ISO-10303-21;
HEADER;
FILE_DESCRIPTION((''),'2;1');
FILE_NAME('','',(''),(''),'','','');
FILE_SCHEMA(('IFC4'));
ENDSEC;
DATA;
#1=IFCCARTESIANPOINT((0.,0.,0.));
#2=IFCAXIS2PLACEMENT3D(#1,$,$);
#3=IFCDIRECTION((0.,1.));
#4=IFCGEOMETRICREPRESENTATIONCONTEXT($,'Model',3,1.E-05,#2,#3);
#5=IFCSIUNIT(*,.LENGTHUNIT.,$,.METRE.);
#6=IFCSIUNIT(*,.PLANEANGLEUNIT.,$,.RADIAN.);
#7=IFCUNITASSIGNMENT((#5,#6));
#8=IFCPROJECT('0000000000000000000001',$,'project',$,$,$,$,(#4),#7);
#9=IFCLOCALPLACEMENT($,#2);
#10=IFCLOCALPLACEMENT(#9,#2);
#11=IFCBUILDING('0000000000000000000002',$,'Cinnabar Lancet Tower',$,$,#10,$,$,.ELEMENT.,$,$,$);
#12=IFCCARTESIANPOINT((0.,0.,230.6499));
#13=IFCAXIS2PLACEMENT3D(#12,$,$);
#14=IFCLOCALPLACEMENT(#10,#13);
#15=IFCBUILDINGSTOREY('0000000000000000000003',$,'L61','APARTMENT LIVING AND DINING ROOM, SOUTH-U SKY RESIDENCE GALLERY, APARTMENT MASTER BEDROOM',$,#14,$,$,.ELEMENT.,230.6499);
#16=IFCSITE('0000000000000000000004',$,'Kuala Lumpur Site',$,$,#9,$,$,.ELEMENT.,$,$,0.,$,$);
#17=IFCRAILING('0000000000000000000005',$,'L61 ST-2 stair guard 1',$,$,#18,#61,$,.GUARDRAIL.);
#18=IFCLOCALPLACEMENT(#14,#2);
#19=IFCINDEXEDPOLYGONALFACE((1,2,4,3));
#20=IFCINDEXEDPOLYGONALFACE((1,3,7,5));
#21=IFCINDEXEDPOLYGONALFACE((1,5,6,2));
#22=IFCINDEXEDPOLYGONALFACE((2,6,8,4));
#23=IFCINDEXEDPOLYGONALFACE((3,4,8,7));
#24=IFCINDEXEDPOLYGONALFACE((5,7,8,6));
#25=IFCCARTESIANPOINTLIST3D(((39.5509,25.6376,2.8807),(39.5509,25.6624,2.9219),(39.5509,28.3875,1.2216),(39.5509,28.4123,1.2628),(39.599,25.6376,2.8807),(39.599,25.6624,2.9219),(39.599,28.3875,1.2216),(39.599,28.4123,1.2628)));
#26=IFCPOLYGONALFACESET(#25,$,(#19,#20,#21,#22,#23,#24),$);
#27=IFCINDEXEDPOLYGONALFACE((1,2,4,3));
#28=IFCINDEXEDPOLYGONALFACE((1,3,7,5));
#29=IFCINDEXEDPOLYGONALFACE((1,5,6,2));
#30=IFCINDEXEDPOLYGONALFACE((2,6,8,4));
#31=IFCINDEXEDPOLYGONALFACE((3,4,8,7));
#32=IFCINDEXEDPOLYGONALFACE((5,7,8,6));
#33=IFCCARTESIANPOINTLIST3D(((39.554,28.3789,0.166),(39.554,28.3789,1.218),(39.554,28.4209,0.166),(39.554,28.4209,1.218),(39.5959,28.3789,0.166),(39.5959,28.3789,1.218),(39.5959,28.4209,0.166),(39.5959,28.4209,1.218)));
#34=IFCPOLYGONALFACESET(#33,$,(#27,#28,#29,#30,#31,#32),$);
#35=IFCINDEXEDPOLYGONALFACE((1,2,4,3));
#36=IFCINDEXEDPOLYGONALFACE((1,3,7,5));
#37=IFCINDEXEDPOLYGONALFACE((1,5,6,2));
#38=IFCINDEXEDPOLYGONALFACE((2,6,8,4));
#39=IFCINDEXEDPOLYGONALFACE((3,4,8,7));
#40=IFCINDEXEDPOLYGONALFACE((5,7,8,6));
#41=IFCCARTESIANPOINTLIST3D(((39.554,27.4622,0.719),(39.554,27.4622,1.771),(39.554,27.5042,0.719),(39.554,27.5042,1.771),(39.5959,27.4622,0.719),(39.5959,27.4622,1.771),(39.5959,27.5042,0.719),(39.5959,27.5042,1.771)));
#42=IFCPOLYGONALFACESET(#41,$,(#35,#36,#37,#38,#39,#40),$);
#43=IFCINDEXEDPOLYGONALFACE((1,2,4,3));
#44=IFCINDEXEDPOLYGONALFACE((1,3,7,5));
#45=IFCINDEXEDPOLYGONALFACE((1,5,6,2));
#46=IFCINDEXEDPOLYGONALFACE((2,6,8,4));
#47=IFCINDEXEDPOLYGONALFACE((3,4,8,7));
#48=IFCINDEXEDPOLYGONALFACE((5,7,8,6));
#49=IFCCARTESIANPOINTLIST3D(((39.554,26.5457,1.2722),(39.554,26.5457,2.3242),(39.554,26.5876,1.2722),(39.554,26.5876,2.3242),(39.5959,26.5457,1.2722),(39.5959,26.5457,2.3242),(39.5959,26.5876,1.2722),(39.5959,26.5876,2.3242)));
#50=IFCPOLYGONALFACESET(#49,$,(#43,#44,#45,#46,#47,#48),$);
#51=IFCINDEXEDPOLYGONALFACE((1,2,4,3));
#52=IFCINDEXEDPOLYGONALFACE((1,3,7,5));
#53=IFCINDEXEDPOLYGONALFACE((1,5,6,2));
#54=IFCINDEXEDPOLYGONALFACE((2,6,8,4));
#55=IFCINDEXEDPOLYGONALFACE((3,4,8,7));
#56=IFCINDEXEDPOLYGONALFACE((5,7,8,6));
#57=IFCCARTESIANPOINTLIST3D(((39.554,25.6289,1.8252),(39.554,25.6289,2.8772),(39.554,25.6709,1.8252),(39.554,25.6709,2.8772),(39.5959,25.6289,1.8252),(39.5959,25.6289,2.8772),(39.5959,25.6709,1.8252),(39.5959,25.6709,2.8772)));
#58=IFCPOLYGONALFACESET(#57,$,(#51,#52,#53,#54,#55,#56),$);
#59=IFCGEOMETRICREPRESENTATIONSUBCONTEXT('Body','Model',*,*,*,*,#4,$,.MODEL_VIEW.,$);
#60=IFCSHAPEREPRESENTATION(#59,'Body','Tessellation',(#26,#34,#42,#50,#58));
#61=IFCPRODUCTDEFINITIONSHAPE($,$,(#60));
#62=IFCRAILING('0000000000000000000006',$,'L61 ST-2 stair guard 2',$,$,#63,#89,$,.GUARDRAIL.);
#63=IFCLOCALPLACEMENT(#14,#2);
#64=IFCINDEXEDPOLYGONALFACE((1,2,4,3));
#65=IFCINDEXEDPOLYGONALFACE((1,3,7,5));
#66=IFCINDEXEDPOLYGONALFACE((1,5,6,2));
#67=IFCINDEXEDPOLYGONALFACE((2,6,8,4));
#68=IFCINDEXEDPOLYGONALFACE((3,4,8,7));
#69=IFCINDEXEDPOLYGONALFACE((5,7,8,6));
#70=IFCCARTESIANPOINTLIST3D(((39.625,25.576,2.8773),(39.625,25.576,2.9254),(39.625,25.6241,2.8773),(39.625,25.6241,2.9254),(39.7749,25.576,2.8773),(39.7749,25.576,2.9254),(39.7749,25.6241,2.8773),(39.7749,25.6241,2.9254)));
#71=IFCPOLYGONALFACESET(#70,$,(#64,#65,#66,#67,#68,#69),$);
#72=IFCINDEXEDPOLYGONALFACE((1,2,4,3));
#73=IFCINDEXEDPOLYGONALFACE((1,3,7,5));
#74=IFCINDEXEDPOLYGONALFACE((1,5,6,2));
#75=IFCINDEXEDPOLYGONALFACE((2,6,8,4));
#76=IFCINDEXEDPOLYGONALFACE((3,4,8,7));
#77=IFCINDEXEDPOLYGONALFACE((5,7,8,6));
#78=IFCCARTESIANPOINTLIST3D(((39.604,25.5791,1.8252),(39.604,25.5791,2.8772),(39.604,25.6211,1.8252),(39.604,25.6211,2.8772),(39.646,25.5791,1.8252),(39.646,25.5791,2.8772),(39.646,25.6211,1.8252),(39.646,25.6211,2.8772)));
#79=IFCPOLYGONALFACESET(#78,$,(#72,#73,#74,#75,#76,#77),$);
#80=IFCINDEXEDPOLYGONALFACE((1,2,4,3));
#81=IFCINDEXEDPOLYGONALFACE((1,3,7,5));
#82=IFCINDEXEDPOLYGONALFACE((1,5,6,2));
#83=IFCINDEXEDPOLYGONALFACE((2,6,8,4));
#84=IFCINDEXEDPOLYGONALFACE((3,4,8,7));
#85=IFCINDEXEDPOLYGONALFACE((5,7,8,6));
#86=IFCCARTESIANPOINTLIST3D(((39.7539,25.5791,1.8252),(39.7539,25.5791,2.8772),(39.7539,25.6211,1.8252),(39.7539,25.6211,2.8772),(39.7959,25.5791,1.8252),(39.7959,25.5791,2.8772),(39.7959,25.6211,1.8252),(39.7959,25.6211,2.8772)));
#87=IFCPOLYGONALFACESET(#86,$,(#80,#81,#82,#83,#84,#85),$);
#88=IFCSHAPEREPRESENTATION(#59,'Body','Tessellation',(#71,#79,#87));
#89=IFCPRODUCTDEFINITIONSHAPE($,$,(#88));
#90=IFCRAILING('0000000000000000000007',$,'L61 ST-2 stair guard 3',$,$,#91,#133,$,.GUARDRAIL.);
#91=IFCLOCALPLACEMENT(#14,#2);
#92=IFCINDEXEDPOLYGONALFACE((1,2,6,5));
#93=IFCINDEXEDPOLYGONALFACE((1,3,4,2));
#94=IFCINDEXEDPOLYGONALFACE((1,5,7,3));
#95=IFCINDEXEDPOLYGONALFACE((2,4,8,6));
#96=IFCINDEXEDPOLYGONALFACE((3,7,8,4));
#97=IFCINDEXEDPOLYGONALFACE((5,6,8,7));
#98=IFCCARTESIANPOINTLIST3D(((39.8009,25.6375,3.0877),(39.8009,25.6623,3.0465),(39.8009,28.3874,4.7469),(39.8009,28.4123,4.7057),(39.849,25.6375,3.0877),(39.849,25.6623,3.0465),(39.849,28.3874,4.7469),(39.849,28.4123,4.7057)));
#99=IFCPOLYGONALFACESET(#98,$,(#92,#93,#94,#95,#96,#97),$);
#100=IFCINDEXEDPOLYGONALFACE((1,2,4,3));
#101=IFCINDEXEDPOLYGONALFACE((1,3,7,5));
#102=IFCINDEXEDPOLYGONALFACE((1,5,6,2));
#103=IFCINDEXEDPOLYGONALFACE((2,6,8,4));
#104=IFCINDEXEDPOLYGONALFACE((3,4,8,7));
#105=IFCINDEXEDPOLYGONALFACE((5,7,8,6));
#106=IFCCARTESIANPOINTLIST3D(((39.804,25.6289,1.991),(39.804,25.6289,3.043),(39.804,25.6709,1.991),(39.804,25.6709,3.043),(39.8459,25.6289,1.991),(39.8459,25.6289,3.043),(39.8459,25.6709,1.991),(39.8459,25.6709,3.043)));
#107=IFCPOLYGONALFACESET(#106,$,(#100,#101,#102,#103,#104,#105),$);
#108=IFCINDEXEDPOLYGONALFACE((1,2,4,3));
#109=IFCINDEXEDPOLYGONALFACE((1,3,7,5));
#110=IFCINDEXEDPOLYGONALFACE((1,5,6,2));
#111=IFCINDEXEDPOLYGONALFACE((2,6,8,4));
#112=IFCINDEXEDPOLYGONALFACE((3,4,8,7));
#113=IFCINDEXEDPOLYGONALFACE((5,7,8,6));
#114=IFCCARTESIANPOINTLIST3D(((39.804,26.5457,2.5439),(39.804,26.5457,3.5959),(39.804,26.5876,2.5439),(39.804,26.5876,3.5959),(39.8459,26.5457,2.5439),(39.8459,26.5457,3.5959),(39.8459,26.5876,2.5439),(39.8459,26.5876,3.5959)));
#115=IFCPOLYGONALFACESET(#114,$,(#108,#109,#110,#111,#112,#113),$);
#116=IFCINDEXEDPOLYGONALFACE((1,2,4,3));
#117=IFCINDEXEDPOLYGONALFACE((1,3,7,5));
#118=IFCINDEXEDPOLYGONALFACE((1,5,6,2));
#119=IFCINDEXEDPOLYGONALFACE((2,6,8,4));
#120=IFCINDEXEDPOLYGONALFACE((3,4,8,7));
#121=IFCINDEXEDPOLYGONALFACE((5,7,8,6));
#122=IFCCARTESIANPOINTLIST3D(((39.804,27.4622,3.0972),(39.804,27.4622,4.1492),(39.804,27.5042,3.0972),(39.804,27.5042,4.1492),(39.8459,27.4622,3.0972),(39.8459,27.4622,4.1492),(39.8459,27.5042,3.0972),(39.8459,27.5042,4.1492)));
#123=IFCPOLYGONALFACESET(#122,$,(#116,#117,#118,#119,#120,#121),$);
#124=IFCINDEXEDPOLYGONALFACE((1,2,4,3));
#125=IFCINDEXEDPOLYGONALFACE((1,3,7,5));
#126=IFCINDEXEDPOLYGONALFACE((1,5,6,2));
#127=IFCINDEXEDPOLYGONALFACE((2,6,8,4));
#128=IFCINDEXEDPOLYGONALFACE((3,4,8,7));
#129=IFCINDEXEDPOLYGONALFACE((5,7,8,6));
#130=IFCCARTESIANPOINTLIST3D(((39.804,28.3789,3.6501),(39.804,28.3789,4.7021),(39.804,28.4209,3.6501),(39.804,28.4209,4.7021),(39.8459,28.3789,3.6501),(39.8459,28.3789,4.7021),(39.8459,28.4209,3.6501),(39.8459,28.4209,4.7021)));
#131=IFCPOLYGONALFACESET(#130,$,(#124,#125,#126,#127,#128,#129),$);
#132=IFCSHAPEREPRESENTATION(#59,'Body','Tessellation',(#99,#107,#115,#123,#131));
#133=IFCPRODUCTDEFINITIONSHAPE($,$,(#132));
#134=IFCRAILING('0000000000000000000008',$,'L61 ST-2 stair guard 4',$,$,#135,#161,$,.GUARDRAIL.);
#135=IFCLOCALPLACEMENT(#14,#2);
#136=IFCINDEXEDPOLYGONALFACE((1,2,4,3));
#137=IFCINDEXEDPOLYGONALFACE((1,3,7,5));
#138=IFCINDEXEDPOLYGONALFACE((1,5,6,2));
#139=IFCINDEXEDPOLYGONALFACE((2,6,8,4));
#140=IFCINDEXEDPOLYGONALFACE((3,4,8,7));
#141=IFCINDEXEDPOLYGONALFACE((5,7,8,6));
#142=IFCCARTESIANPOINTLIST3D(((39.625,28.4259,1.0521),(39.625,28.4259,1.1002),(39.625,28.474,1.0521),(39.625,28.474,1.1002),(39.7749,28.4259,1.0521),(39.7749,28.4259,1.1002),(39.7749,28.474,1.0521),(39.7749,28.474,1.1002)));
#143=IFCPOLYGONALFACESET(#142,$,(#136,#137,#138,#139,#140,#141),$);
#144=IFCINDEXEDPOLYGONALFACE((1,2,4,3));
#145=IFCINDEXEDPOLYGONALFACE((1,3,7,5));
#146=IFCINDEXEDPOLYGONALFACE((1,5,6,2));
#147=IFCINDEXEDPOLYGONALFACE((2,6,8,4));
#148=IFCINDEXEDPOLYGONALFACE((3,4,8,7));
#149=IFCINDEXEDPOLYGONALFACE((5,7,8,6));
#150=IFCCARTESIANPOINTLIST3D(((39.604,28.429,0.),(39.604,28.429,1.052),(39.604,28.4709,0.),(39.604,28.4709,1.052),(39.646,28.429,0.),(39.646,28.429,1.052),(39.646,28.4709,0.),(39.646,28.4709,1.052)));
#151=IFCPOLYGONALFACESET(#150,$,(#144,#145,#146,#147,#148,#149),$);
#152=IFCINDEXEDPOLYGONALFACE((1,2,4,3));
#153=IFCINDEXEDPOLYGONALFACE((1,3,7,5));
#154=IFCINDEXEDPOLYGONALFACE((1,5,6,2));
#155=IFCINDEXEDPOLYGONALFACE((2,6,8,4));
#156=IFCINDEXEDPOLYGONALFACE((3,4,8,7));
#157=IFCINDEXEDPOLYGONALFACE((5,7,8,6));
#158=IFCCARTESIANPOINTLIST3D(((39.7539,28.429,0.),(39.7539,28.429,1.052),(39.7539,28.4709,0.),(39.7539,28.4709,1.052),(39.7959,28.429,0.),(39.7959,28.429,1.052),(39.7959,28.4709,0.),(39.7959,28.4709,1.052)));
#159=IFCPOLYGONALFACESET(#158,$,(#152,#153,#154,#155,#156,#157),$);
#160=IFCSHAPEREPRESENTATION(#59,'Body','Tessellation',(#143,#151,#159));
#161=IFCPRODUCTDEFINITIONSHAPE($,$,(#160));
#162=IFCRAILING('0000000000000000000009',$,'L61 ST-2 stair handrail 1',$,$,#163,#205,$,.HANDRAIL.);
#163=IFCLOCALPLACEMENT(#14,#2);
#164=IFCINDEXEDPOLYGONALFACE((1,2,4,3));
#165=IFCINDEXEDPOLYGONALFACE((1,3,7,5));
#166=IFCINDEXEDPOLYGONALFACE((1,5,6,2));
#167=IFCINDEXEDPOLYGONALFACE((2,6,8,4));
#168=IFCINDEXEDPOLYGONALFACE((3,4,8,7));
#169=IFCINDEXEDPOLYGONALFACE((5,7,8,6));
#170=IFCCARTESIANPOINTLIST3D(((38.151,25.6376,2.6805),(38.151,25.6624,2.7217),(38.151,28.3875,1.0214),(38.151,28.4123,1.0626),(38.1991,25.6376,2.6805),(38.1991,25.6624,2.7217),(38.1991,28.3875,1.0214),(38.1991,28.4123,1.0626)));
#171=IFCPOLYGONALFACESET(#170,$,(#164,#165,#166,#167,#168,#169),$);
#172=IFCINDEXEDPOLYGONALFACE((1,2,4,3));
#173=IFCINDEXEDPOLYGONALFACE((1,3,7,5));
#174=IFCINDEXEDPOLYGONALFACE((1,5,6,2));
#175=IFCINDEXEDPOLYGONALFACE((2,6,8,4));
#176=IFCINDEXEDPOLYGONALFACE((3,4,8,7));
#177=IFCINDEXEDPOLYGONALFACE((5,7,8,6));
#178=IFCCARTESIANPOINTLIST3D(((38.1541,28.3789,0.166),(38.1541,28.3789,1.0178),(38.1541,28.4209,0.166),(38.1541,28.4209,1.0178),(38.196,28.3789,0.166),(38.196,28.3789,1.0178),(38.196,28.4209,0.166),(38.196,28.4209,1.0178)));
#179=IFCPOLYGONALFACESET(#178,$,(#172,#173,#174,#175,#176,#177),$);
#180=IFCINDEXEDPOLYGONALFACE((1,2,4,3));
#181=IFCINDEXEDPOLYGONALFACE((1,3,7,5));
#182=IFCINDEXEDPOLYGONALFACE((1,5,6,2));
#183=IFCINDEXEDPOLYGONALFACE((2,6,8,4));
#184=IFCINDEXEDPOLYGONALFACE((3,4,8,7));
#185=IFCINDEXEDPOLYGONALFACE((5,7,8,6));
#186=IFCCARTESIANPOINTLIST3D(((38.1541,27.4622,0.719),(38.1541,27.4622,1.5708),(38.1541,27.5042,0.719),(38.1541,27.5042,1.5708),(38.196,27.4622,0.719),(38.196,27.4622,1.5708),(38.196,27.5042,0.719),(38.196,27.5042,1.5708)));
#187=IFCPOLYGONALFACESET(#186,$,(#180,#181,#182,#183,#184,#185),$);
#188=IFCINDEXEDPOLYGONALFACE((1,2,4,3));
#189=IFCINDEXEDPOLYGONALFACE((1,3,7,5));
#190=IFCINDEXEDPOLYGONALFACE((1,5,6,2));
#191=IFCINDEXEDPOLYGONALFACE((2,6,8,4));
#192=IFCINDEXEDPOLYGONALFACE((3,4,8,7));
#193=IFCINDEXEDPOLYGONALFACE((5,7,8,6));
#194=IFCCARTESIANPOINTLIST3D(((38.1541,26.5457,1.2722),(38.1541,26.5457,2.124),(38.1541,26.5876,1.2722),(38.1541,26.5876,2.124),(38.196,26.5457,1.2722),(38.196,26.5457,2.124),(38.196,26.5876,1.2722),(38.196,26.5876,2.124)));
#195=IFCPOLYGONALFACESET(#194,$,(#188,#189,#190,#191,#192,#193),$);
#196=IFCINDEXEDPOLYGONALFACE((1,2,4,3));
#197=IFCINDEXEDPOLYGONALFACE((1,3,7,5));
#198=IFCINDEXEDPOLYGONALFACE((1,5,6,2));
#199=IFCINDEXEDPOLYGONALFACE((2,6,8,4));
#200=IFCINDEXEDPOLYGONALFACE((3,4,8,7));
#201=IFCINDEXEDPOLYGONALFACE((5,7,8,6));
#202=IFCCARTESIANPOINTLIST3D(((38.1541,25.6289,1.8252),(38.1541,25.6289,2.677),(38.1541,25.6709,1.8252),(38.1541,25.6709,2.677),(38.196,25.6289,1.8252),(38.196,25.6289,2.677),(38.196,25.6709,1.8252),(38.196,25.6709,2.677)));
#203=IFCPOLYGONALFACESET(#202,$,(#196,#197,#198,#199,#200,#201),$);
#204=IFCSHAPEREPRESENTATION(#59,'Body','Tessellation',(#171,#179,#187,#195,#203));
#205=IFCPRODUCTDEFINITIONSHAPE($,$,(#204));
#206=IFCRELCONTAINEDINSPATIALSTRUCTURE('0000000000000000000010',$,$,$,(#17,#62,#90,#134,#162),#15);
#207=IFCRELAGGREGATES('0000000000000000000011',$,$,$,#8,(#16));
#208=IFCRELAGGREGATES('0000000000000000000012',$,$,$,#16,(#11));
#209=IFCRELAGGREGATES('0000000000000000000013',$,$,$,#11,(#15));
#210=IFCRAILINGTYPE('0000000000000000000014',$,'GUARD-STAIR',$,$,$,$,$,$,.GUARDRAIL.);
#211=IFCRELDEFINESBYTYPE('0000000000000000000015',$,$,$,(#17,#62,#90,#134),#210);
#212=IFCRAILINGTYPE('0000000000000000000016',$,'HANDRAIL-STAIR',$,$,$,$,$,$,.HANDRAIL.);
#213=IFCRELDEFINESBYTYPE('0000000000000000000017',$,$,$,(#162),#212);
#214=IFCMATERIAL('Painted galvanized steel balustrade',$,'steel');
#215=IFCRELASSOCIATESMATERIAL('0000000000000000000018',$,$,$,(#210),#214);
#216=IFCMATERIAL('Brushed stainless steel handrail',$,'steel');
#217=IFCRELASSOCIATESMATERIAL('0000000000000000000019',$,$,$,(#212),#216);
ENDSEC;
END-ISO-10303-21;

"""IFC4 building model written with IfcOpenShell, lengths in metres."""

from ifc_helpers import new_model, si_unit, direction, frame, origin, origin_2d, place, context, subcontext, project, spatial, rectangle, extrude, material, type_object, element, save


model = new_model("IFC4")

# Units and contexts
model_context = context("Model", 3, precision=1e-05, world=origin(), true_north=direction((0.0, 1.0)))
body_context = subcontext(model_context, "Body", "Model", "MODEL_VIEW")
ifc_project = project(units=[si_unit("LENGTHUNIT", "METRE"), si_unit("PLANEANGLEUNIT", "RADIAN")], contexts=[model_context])

# Site, building, storey
site_placement = place(None, origin())
site = spatial("IfcSite", under=ifc_project, at=site_placement, Name="Kuala Lumpur Site", CompositionType="ELEMENT", RefElevation=0.0)
building_placement = place(site_placement, origin())
building = spatial("IfcBuilding", under=site, at=building_placement, Name="Cinnabar Lancet Tower", CompositionType="ELEMENT")
storey_placement = place(building_placement, frame((0.0, 0.0, 230.6499)))
storey = spatial("IfcBuildingStorey", under=building, at=storey_placement, Name="L61", Description="APARTMENT LIVING AND DINING ROOM, SOUTH-U SKY RESIDENCE GALLERY, APARTMENT MASTER BEDROOM", CompositionType="ELEMENT", Elevation=230.6499)

# Railings
ifc_material_1 = material(Name="Painted galvanized steel balustrade", Category="steel")
railing_type_1 = type_object("IfcRailingType", Name="GUARD-STAIR", PredefinedType="GUARDRAIL", material=ifc_material_1)
railing_1_placement = place(storey_placement, frame((39.575, 28.3999, 0.166)))
element("IfcRailing", 1, at=railing_1_placement, inside=storey, type_object=railing_type_1, Name="L61 ST-2 stair guard 1", PredefinedType="GUARDRAIL", context=body_context, shape_type="SweptSolid", body=[
    extrude(rectangle(XDim=0.0481, YDim=0.0481, at=origin_2d()), frame((0.0, 0.0, 1.0762), z_axis=(0.0, -0.856229, 0.516596), x_axis=(1.0, 0.0, 0.0)), (0.0, 0.0, 1.0), 3.2117),
    extrude(rectangle(XDim=0.042, YDim=0.042, at=origin_2d()), origin(), (0.0, 0.0, 1.0), 1.052),
    extrude(rectangle(XDim=0.042, YDim=0.042, at=origin_2d()), frame((0.0, -0.9167, 0.553)), (0.0, 0.0, 1.0), 1.052),
    extrude(rectangle(XDim=0.042, YDim=0.042, at=origin_2d()), frame((0.0, -1.8333, 1.1062)), (0.0, 0.0, 1.0), 1.052),
    extrude(rectangle(XDim=0.042, YDim=0.042, at=origin_2d()), frame((0.0, -2.75, 1.6592)), (0.0, 0.0, 1.0), 1.052),
])
railing_2_placement = place(storey_placement, frame((39.625, 25.6001, 1.8252)))
element("IfcRailing", 2, at=railing_2_placement, inside=storey, type_object=railing_type_1, Name="L61 ST-2 stair guard 2", PredefinedType="GUARDRAIL", context=body_context, shape_type="SweptSolid", body=[
    extrude(rectangle(XDim=0.0481, YDim=0.0481, at=origin_2d()), frame((0.0, 0.0, 1.0762), z_axis=(1.0, 0.0, 0.0), x_axis=(0.0, 1.0, 0.0)), (0.0, 0.0, 1.0), 0.1499),
    extrude(rectangle(XDim=0.042, YDim=0.042, at=origin_2d()), origin(), (0.0, 0.0, 1.0), 1.052),
    extrude(rectangle(XDim=0.042, YDim=0.042, at=origin_2d()), frame((0.1499, 0.0, 0.0)), (0.0, 0.0, 1.0), 1.052),
])
railing_3_placement = place(storey_placement, frame((39.825, 25.6499, 1.991)))
element("IfcRailing", 3, at=railing_3_placement, inside=storey, type_object=railing_type_1, Name="L61 ST-2 stair guard 3", PredefinedType="GUARDRAIL", context=body_context, shape_type="SweptSolid", body=[
    extrude(rectangle(XDim=0.0481, YDim=0.0481, at=origin_2d()), frame((0.0, 0.0, 1.0762), z_axis=(0.0, 0.856229, 0.516596), x_axis=(-1.0, 0.0, 0.0)), (0.0, 0.0, 1.0), 3.2117),
    extrude(rectangle(XDim=0.042, YDim=0.042, at=origin_2d()), origin(), (0.0, 0.0, 1.0), 1.052),
    extrude(rectangle(XDim=0.042, YDim=0.042, at=origin_2d()), frame((0.0, 0.9167, 0.553)), (0.0, 0.0, 1.0), 1.052),
    extrude(rectangle(XDim=0.042, YDim=0.042, at=origin_2d()), frame((0.0, 1.8333, 1.1062)), (0.0, 0.0, 1.0), 1.052),
    extrude(rectangle(XDim=0.042, YDim=0.042, at=origin_2d()), frame((0.0, 2.75, 1.6592)), (0.0, 0.0, 1.0), 1.052),
])
railing_4_placement = place(storey_placement, frame((39.625, 28.45, 0.0)))
element("IfcRailing", 4, at=railing_4_placement, inside=storey, type_object=railing_type_1, Name="L61 ST-2 stair guard 4", PredefinedType="GUARDRAIL", context=body_context, shape_type="SweptSolid", body=[
    extrude(rectangle(XDim=0.0481, YDim=0.0481, at=origin_2d()), frame((0.0, 0.0, 1.0762), z_axis=(1.0, 0.0, 0.0), x_axis=(0.0, 1.0, 0.0)), (0.0, 0.0, 1.0), 0.1499),
    extrude(rectangle(XDim=0.042, YDim=0.042, at=origin_2d()), origin(), (0.0, 0.0, 1.0), 1.052),
    extrude(rectangle(XDim=0.042, YDim=0.042, at=origin_2d()), frame((0.1499, 0.0, 0.0)), (0.0, 0.0, 1.0), 1.052),
])
ifc_material_2 = material(Name="Brushed stainless steel handrail", Category="steel")
railing_type_2 = type_object("IfcRailingType", Name="HANDRAIL-STAIR", PredefinedType="HANDRAIL", material=ifc_material_2)
railing_5_placement = place(storey_placement, frame((38.175, 28.3999, 0.166)))
element("IfcRailing", 5, at=railing_5_placement, inside=storey, type_object=railing_type_2, Name="L61 ST-2 stair handrail 1", PredefinedType="HANDRAIL", context=body_context, shape_type="SweptSolid", body=[
    extrude(rectangle(XDim=0.0481, YDim=0.0481, at=origin_2d()), frame((0.0, 0.0, 0.876), z_axis=(0.0, -0.856229, 0.516596), x_axis=(1.0, 0.0, 0.0)), (0.0, 0.0, 1.0), 3.2117),
    extrude(rectangle(XDim=0.042, YDim=0.042, at=origin_2d()), origin(), (0.0, 0.0, 1.0), 0.8518),
    extrude(rectangle(XDim=0.042, YDim=0.042, at=origin_2d()), frame((0.0, -0.9167, 0.553)), (0.0, 0.0, 1.0), 0.8518),
    extrude(rectangle(XDim=0.042, YDim=0.042, at=origin_2d()), frame((0.0, -1.8333, 1.1062)), (0.0, 0.0, 1.0), 0.8518),
    extrude(rectangle(XDim=0.042, YDim=0.042, at=origin_2d()), frame((0.0, -2.75, 1.6592)), (0.0, 0.0, 1.0), 0.8518),
])

save(model, "model.ifc")
